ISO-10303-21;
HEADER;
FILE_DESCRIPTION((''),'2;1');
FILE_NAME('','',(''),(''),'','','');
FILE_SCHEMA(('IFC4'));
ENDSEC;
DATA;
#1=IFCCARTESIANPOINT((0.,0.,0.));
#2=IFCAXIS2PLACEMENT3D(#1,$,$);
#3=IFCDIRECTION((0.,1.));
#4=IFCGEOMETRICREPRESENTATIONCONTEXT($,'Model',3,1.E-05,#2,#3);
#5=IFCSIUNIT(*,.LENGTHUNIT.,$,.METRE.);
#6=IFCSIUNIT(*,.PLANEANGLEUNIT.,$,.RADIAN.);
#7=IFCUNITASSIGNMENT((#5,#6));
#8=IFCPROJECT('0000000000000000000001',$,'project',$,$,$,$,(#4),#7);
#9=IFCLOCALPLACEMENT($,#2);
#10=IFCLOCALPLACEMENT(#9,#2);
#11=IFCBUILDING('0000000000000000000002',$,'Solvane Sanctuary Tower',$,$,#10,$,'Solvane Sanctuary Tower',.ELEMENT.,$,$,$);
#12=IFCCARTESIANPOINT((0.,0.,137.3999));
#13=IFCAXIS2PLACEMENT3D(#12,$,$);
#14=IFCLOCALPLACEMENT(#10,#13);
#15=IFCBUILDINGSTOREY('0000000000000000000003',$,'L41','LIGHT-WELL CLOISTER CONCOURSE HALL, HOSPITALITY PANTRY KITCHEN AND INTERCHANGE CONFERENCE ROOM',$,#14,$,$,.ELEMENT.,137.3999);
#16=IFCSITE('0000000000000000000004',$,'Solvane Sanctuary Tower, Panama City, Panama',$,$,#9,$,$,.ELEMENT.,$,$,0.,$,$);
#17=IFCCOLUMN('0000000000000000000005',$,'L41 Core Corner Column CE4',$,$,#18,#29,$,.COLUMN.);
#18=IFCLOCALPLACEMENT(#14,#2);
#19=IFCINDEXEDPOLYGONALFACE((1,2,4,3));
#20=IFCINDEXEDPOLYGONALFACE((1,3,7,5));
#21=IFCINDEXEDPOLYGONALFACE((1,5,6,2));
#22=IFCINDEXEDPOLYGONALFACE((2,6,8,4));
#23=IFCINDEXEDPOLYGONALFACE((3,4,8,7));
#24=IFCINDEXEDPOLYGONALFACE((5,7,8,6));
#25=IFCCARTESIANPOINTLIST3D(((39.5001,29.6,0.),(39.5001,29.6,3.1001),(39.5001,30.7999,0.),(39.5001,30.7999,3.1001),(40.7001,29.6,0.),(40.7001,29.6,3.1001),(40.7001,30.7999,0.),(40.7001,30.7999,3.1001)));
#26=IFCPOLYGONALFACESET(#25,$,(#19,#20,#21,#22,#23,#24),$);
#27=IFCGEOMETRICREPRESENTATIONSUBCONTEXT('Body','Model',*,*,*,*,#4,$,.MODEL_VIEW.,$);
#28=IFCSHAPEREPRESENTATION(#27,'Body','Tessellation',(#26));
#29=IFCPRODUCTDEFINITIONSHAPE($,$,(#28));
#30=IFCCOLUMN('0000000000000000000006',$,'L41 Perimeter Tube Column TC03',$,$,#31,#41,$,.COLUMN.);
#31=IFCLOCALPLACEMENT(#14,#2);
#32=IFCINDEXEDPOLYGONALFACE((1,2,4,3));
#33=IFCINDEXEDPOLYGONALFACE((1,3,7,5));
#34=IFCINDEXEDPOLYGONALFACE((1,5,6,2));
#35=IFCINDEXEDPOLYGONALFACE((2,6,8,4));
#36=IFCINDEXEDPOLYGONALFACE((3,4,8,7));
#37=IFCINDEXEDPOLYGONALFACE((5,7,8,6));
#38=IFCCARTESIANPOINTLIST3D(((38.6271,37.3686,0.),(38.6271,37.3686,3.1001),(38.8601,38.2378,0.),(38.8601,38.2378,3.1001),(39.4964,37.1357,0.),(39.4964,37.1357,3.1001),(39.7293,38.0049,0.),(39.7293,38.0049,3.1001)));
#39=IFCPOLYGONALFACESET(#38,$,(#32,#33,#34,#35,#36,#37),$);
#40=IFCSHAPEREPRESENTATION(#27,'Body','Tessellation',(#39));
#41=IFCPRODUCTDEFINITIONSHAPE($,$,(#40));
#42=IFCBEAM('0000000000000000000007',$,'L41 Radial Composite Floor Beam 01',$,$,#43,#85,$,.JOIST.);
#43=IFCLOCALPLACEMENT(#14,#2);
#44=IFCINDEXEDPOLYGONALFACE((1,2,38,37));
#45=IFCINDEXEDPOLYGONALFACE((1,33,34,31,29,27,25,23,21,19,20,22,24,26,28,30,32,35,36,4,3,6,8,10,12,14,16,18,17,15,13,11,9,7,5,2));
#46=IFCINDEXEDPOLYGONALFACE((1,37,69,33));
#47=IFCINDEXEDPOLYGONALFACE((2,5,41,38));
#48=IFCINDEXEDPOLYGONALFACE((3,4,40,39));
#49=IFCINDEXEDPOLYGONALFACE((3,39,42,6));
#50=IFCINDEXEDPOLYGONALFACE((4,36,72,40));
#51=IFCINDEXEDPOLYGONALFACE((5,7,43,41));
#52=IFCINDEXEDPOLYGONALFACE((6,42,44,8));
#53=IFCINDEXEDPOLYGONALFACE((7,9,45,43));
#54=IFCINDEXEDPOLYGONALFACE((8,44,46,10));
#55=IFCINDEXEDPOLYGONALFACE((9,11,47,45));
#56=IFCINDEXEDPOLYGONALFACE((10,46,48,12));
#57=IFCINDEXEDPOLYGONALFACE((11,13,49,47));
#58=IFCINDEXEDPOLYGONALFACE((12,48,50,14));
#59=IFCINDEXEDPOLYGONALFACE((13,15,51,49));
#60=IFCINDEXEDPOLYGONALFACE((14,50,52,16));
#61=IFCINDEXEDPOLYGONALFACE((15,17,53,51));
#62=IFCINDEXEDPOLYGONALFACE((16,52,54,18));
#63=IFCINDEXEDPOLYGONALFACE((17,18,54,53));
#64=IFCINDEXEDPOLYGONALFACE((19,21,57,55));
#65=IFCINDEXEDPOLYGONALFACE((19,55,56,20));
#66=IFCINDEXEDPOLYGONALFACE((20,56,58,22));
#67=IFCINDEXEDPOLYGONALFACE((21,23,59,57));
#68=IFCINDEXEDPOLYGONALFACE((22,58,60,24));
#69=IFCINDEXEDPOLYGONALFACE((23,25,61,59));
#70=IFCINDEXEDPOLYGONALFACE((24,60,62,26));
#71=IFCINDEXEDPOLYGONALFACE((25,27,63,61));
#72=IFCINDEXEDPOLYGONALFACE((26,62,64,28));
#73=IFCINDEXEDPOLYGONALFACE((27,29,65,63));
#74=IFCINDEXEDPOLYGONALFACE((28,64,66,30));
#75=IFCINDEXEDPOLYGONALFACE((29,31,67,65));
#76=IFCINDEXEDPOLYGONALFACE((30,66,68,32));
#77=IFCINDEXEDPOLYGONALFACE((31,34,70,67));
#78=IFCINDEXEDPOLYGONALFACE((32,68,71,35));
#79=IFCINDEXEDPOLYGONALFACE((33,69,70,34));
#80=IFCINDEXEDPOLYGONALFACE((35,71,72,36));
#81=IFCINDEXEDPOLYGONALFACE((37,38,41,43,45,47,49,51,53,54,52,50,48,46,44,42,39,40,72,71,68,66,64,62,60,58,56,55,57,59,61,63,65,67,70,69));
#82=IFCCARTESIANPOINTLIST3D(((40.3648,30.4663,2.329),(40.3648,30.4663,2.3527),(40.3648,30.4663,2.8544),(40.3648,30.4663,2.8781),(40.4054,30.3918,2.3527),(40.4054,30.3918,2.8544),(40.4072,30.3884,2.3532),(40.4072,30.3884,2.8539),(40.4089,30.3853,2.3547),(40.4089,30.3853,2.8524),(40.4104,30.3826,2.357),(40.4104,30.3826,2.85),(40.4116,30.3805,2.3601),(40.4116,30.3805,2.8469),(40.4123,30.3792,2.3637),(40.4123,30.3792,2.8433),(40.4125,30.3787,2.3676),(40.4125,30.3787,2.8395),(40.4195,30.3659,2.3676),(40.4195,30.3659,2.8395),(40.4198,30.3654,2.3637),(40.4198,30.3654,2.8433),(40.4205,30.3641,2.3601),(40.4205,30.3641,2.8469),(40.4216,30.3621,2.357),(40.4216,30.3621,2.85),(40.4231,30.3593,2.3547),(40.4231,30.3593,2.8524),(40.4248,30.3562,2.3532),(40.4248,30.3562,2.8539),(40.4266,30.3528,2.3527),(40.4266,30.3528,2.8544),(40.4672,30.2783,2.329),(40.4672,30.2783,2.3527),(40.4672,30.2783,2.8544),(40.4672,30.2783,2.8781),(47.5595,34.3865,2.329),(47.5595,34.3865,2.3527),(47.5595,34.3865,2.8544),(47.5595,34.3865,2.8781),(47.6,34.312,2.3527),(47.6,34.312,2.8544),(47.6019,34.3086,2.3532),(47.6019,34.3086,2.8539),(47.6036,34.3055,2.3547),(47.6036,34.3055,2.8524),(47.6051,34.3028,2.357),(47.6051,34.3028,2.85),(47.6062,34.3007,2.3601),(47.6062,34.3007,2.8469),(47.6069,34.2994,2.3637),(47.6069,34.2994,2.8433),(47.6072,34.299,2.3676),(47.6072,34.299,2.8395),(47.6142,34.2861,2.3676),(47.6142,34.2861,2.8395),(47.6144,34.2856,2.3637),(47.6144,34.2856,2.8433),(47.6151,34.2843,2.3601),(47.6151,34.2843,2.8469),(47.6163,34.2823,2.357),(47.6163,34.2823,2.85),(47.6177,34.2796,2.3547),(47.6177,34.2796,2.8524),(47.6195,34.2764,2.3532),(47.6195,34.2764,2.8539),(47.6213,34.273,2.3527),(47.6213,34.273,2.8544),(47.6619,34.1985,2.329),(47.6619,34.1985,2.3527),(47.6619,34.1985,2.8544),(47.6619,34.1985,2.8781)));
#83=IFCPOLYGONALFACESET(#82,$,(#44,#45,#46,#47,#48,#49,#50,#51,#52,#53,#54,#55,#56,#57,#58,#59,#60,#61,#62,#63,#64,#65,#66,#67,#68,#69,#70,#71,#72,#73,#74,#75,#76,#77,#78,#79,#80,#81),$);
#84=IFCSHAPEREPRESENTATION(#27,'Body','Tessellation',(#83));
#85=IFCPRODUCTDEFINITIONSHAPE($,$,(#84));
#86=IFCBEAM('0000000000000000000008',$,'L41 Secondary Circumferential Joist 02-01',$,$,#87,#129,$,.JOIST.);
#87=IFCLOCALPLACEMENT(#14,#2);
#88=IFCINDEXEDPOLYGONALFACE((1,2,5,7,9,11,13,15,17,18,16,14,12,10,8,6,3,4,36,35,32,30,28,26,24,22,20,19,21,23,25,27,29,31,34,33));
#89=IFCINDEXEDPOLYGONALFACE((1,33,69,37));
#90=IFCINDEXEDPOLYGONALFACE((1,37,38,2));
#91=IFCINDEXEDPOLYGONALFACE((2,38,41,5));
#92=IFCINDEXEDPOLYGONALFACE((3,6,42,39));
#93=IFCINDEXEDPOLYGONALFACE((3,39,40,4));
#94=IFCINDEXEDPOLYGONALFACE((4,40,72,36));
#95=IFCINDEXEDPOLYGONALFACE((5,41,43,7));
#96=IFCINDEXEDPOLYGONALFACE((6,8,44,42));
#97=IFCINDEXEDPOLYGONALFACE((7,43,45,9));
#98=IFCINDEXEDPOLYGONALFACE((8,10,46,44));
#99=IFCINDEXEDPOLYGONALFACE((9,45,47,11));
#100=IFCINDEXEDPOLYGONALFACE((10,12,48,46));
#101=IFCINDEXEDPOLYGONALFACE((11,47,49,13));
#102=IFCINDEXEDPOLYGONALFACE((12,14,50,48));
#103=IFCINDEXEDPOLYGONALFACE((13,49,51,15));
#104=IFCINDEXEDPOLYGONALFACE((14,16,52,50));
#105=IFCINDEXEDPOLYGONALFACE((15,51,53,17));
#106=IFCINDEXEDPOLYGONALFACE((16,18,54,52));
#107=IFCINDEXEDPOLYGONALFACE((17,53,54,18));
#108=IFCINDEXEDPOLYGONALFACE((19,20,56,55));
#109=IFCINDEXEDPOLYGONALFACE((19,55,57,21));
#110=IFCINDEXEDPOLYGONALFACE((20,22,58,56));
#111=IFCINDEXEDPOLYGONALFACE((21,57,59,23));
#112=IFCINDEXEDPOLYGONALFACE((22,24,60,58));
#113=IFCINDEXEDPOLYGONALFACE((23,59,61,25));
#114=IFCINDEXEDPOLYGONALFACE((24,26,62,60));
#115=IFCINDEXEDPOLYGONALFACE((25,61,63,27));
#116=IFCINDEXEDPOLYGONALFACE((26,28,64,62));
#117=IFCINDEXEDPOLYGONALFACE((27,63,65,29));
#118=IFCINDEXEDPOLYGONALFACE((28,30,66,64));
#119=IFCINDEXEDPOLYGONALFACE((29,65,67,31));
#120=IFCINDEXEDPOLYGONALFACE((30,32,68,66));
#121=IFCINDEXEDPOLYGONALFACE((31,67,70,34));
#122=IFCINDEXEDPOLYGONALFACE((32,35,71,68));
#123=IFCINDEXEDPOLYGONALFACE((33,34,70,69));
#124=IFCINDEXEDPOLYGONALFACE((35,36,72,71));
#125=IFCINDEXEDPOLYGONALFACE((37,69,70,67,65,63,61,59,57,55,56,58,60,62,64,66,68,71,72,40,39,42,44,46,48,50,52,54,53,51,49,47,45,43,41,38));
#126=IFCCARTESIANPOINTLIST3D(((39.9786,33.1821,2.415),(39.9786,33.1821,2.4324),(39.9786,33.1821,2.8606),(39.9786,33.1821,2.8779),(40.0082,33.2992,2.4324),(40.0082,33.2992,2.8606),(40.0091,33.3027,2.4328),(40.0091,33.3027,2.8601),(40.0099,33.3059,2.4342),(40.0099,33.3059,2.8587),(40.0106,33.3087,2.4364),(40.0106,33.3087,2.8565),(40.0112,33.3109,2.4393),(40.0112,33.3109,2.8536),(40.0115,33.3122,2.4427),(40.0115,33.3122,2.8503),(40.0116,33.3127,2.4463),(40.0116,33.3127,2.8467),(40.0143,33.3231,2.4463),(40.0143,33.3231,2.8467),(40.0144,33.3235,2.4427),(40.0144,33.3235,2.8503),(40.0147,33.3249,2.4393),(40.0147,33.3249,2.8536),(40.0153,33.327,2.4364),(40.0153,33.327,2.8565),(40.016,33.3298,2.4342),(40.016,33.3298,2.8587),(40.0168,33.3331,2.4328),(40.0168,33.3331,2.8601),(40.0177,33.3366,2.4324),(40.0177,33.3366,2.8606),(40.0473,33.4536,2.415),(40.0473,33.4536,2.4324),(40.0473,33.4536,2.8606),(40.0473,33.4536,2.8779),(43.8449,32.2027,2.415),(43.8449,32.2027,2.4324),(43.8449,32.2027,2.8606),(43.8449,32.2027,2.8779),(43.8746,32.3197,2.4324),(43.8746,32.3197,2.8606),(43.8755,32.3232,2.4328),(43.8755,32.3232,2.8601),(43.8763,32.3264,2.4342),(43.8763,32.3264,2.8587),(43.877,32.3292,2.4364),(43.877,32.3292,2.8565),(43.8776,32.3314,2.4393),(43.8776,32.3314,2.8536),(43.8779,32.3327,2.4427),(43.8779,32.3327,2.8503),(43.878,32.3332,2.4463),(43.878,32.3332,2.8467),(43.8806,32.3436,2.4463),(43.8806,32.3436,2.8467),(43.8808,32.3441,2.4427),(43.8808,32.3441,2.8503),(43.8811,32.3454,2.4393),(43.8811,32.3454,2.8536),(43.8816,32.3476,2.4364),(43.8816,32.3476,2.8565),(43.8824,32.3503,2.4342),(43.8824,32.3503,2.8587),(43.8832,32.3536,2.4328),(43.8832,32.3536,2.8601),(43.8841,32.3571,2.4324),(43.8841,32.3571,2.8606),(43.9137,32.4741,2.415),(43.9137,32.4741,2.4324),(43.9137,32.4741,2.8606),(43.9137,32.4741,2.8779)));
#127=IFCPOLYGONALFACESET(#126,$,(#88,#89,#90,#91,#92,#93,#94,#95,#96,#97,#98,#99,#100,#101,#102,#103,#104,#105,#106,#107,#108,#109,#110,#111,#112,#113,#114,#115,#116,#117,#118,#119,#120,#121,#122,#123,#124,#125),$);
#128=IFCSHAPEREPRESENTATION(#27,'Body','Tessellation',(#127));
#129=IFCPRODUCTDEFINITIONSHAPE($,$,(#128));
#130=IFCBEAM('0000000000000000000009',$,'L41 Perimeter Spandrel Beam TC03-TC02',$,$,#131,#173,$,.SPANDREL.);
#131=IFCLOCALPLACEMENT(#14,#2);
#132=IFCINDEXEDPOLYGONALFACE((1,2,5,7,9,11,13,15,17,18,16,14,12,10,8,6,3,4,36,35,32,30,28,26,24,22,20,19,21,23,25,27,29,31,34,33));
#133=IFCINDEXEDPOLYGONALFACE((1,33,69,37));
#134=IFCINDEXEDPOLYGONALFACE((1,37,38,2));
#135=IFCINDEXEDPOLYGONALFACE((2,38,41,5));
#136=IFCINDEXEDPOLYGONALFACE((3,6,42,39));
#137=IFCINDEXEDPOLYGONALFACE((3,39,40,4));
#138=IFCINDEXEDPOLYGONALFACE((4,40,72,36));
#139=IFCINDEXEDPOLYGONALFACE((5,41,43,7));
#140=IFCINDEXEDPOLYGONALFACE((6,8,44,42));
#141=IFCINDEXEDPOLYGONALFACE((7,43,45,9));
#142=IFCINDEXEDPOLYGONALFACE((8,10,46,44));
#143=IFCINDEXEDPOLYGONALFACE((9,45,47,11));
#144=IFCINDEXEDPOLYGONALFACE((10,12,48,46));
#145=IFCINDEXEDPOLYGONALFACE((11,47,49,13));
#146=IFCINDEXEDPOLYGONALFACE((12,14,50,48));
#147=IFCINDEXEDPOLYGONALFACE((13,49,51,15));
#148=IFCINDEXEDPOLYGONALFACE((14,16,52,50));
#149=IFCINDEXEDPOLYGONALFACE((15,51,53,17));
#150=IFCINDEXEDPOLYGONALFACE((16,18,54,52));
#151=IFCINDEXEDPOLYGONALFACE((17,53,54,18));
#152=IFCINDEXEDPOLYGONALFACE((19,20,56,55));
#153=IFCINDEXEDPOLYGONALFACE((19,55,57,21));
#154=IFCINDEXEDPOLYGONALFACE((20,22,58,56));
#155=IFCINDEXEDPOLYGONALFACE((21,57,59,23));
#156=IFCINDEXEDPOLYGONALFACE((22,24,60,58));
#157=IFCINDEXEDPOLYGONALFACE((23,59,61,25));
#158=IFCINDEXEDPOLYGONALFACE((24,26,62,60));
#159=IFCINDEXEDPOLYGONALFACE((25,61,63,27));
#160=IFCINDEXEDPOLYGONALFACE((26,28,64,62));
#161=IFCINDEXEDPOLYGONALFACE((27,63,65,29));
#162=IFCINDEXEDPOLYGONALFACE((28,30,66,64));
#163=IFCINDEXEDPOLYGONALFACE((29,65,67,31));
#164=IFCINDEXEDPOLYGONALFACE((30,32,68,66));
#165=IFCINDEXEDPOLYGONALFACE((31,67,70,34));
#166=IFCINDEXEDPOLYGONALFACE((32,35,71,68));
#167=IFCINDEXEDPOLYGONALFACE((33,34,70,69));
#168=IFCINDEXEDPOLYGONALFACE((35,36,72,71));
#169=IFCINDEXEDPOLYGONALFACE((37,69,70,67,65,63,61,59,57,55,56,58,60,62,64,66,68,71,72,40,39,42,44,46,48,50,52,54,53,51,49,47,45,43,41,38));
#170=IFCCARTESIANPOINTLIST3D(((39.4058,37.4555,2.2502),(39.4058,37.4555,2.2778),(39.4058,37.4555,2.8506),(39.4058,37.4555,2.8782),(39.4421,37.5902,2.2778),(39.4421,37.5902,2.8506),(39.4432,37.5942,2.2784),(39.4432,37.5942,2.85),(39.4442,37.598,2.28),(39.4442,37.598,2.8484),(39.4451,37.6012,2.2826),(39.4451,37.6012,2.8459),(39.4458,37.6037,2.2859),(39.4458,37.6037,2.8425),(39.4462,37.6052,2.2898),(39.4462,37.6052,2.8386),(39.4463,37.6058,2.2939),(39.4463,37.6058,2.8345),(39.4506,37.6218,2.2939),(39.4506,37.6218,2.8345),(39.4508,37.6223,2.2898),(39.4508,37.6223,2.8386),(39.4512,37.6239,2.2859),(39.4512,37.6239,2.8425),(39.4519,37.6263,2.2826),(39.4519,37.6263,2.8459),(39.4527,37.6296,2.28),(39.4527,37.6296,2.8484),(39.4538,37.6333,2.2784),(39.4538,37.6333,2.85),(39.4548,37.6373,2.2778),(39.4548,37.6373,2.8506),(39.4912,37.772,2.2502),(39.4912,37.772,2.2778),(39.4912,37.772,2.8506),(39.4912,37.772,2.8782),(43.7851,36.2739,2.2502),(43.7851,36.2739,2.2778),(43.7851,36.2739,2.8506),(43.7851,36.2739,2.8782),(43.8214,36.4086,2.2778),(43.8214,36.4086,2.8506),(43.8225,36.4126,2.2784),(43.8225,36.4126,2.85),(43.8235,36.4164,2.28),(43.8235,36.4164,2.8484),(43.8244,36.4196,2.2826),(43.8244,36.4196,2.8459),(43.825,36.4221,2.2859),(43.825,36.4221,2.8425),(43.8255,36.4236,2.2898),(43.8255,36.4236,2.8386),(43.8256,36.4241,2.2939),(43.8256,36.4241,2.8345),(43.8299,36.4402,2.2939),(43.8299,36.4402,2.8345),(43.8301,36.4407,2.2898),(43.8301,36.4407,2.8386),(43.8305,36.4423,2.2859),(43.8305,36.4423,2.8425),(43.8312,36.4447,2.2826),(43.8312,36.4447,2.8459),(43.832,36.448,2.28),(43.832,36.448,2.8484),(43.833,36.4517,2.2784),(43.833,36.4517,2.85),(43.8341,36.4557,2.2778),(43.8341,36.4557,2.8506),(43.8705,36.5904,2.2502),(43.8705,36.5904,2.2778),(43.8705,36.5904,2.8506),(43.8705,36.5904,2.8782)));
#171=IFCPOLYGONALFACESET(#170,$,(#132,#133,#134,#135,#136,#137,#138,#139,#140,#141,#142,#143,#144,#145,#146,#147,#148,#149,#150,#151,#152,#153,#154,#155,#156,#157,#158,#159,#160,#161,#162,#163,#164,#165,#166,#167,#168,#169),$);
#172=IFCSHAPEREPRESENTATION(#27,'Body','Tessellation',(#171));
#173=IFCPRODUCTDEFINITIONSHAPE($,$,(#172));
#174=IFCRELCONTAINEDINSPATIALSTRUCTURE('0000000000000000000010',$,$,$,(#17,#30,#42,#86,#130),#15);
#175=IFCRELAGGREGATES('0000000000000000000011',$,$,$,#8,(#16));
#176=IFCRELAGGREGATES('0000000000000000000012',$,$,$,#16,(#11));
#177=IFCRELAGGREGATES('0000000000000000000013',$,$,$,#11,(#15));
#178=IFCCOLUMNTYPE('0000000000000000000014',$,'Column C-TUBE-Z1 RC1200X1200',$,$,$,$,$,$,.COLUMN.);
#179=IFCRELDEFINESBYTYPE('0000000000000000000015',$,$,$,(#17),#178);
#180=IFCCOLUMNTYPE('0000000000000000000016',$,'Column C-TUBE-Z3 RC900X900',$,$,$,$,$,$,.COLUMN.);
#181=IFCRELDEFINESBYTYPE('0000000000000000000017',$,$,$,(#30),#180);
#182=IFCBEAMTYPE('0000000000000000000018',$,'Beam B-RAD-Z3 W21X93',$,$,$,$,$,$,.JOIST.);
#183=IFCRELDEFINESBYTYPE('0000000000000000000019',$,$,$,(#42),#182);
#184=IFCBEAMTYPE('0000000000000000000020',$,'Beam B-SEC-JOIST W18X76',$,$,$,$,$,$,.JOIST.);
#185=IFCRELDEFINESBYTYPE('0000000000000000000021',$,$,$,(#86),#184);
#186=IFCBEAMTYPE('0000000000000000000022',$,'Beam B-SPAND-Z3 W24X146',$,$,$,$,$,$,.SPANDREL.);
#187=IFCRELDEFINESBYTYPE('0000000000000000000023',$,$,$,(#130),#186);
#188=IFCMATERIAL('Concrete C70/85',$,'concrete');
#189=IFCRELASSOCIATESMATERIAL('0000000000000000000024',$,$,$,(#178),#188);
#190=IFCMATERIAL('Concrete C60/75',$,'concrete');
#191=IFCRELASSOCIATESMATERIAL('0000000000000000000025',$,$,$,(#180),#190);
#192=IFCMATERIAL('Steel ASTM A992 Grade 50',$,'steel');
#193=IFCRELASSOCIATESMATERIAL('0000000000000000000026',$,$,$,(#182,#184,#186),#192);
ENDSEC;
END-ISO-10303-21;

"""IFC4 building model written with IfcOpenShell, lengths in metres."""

from ifc_helpers import new_model, si_unit, direction, frame, origin, origin_2d, place, context, subcontext, project, spatial, rectangle, i_section, extrude, material, material_profile, profile_set, type_object, element, save


model = new_model("IFC4")

# Units and contexts
model_context = context("Model", 3, precision=1e-05, world=origin(), true_north=direction((0.0, 1.0)))
body_context = subcontext(model_context, "Body", "Model", "MODEL_VIEW")
ifc_project = project(units=[si_unit("LENGTHUNIT", "METRE"), si_unit("PLANEANGLEUNIT", "RADIAN")], contexts=[model_context])

# Site, building, storey
site_placement = place(None, origin())
site = spatial("IfcSite", under=ifc_project, at=site_placement, Name="Solvane Sanctuary Tower, Panama City, Panama", CompositionType="ELEMENT", RefElevation=0.0)
building_placement = place(site_placement, origin())
building = spatial("IfcBuilding", under=site, at=building_placement, Name="Solvane Sanctuary Tower", LongName="Solvane Sanctuary Tower", CompositionType="ELEMENT")
storey_placement = place(building_placement, frame((0.0, 0.0, 137.3999)))
storey = spatial("IfcBuildingStorey", under=building, at=storey_placement, Name="L41", Description="LIGHT-WELL CLOISTER CONCOURSE HALL, HOSPITALITY PANTRY KITCHEN AND INTERCHANGE CONFERENCE ROOM", CompositionType="ELEMENT", Elevation=137.3999)

# Columns
ifc_material_1 = material(Name="Concrete C70/85", Category="concrete")
ifc_material_profile_1 = material_profile(ifc_material_1, rectangle(XDim=1.2, YDim=1.2, at=origin_2d()), Name="RC1200X1200")
ifc_profile_set_1 = profile_set([ifc_material_profile_1], Name="Concrete C70/85")
column_type_1 = type_object("IfcColumnType", Name="Column C-TUBE-Z1 RC1200X1200", PredefinedType="COLUMN", material=ifc_profile_set_1)
column_1_placement = place(storey_placement, frame((40.1001, 30.2, 0.0), z_axis=(0.0, 0.0, 1.0), x_axis=(1.0, 0.0, 0.0)))
element("IfcColumn", 1, at=column_1_placement, inside=storey, type_object=column_type_1, Name="L41 Core Corner Column CE4", PredefinedType="COLUMN", context=body_context, shape_type="SweptSolid", body=[
    extrude(rectangle(XDim=1.2, YDim=1.2, at=origin_2d()), origin(), (0.0, 0.0, 1.0), 3.1001),
])
ifc_material_2 = material(Name="Concrete C60/75", Category="concrete")
ifc_material_profile_2 = material_profile(ifc_material_2, rectangle(XDim=0.8999, YDim=0.8999, at=origin_2d()), Name="RC900X900")
ifc_profile_set_2 = profile_set([ifc_material_profile_2], Name="Concrete C60/75")
column_type_2 = type_object("IfcColumnType", Name="Column C-TUBE-Z3 RC900X900", PredefinedType="COLUMN", material=ifc_profile_set_2)
column_2_placement = place(storey_placement, frame((39.1782, 37.6868, 0.0), z_axis=(0.0, 0.0, 1.0), x_axis=(0.258819, 0.965926, 0.0)))
element("IfcColumn", 2, at=column_2_placement, inside=storey, type_object=column_type_2, Name="L41 Perimeter Tube Column TC03", PredefinedType="COLUMN", context=body_context, shape_type="SweptSolid", body=[
    extrude(rectangle(XDim=0.8999, YDim=0.8999, at=origin_2d()), origin(), (0.0, 0.0, 1.0), 3.1001),
])

# Beams
ifc_material_3 = material(Name="Steel ASTM A992 Grade 50", Category="steel")
ifc_material_profile_3 = material_profile(ifc_material_3, i_section(OverallWidth=0.2141, OverallDepth=0.5491, WebThickness=0.0146, FlangeThickness=0.0237, FilletRadius=0.0149, at=origin_2d()), Name="W21X93")
ifc_profile_set_3 = profile_set([ifc_material_profile_3], Name="Steel ASTM A992 Grade 50")
beam_type_1 = type_object("IfcBeamType", Name="Beam B-RAD-Z3 W21X93", PredefinedType="JOIST", material=ifc_profile_set_3)
beam_1_placement = place(storey_placement, frame((40.416, 30.3723, 2.6035), z_axis=(0.878108, 0.478462, 0.0), x_axis=(-0.478462, 0.878108, 0.0)))
element("IfcBeam", 3, at=beam_1_placement, inside=storey, type_object=beam_type_1, Name="L41 Radial Composite Floor Beam 01", PredefinedType="JOIST", context=body_context, shape_type="SweptSolid", body=[
    extrude(i_section(OverallWidth=0.2141, OverallDepth=0.5491, WebThickness=0.0146, FlangeThickness=0.0237, FilletRadius=0.0149, at=origin_2d()), origin(), (0.0, 0.0, 1.0), 8.1934),
])
ifc_material_profile_4 = material_profile(ifc_material_3, i_section(OverallWidth=0.28, OverallDepth=0.4629, WebThickness=0.0107, FlangeThickness=0.0173, FilletRadius=0.0139, at=origin_2d()), Name="W18X76")
ifc_profile_set_4 = profile_set([ifc_material_profile_4], Name="Steel ASTM A992 Grade 50")
beam_type_2 = type_object("IfcBeamType", Name="Beam B-SEC-JOIST W18X76", PredefinedType="JOIST", material=ifc_profile_set_4)
beam_2_placement = place(storey_placement, frame((40.0129, 33.3179, 2.6465), z_axis=(0.969378, -0.245573, 0.0), x_axis=(0.245573, 0.969378, 0.0)))
element("IfcBeam", 4, at=beam_2_placement, inside=storey, type_object=beam_type_2, Name="L41 Secondary Circumferential Joist 02-01", PredefinedType="JOIST", context=body_context, shape_type="SweptSolid", body=[
    extrude(i_section(OverallWidth=0.28, OverallDepth=0.4629, WebThickness=0.0107, FlangeThickness=0.0173, FilletRadius=0.0139, at=origin_2d()), origin(), (0.0, 0.0, 1.0), 3.9885),
])
ifc_material_profile_5 = material_profile(ifc_material_3, i_section(OverallWidth=0.3279, OverallDepth=0.6279, WebThickness=0.0166, FlangeThickness=0.0276, FilletRadius=0.0161, at=origin_2d()), Name="W24X146")
ifc_profile_set_5 = profile_set([ifc_material_profile_5], Name="Steel ASTM A992 Grade 50")
beam_type_3 = type_object("IfcBeamType", Name="Beam B-SPAND-Z3 W24X146", PredefinedType="SPANDREL", material=ifc_profile_set_5)
beam_3_placement = place(storey_placement, frame((39.4485, 37.6138, 2.5642), z_axis=(0.965473, -0.260502, 0.0), x_axis=(0.260502, 0.965473, 0.0)))
element("IfcBeam", 5, at=beam_3_placement, inside=storey, type_object=beam_type_3, Name="L41 Perimeter Spandrel Beam TC03-TC02", PredefinedType="SPANDREL", context=body_context, shape_type="SweptSolid", body=[
    extrude(i_section(OverallWidth=0.3279, OverallDepth=0.6279, WebThickness=0.0166, FlangeThickness=0.0276, FilletRadius=0.0161, at=origin_2d()), origin(), (0.0, 0.0, 1.0), 4.5359),
])

save(model, "model.ifc")
